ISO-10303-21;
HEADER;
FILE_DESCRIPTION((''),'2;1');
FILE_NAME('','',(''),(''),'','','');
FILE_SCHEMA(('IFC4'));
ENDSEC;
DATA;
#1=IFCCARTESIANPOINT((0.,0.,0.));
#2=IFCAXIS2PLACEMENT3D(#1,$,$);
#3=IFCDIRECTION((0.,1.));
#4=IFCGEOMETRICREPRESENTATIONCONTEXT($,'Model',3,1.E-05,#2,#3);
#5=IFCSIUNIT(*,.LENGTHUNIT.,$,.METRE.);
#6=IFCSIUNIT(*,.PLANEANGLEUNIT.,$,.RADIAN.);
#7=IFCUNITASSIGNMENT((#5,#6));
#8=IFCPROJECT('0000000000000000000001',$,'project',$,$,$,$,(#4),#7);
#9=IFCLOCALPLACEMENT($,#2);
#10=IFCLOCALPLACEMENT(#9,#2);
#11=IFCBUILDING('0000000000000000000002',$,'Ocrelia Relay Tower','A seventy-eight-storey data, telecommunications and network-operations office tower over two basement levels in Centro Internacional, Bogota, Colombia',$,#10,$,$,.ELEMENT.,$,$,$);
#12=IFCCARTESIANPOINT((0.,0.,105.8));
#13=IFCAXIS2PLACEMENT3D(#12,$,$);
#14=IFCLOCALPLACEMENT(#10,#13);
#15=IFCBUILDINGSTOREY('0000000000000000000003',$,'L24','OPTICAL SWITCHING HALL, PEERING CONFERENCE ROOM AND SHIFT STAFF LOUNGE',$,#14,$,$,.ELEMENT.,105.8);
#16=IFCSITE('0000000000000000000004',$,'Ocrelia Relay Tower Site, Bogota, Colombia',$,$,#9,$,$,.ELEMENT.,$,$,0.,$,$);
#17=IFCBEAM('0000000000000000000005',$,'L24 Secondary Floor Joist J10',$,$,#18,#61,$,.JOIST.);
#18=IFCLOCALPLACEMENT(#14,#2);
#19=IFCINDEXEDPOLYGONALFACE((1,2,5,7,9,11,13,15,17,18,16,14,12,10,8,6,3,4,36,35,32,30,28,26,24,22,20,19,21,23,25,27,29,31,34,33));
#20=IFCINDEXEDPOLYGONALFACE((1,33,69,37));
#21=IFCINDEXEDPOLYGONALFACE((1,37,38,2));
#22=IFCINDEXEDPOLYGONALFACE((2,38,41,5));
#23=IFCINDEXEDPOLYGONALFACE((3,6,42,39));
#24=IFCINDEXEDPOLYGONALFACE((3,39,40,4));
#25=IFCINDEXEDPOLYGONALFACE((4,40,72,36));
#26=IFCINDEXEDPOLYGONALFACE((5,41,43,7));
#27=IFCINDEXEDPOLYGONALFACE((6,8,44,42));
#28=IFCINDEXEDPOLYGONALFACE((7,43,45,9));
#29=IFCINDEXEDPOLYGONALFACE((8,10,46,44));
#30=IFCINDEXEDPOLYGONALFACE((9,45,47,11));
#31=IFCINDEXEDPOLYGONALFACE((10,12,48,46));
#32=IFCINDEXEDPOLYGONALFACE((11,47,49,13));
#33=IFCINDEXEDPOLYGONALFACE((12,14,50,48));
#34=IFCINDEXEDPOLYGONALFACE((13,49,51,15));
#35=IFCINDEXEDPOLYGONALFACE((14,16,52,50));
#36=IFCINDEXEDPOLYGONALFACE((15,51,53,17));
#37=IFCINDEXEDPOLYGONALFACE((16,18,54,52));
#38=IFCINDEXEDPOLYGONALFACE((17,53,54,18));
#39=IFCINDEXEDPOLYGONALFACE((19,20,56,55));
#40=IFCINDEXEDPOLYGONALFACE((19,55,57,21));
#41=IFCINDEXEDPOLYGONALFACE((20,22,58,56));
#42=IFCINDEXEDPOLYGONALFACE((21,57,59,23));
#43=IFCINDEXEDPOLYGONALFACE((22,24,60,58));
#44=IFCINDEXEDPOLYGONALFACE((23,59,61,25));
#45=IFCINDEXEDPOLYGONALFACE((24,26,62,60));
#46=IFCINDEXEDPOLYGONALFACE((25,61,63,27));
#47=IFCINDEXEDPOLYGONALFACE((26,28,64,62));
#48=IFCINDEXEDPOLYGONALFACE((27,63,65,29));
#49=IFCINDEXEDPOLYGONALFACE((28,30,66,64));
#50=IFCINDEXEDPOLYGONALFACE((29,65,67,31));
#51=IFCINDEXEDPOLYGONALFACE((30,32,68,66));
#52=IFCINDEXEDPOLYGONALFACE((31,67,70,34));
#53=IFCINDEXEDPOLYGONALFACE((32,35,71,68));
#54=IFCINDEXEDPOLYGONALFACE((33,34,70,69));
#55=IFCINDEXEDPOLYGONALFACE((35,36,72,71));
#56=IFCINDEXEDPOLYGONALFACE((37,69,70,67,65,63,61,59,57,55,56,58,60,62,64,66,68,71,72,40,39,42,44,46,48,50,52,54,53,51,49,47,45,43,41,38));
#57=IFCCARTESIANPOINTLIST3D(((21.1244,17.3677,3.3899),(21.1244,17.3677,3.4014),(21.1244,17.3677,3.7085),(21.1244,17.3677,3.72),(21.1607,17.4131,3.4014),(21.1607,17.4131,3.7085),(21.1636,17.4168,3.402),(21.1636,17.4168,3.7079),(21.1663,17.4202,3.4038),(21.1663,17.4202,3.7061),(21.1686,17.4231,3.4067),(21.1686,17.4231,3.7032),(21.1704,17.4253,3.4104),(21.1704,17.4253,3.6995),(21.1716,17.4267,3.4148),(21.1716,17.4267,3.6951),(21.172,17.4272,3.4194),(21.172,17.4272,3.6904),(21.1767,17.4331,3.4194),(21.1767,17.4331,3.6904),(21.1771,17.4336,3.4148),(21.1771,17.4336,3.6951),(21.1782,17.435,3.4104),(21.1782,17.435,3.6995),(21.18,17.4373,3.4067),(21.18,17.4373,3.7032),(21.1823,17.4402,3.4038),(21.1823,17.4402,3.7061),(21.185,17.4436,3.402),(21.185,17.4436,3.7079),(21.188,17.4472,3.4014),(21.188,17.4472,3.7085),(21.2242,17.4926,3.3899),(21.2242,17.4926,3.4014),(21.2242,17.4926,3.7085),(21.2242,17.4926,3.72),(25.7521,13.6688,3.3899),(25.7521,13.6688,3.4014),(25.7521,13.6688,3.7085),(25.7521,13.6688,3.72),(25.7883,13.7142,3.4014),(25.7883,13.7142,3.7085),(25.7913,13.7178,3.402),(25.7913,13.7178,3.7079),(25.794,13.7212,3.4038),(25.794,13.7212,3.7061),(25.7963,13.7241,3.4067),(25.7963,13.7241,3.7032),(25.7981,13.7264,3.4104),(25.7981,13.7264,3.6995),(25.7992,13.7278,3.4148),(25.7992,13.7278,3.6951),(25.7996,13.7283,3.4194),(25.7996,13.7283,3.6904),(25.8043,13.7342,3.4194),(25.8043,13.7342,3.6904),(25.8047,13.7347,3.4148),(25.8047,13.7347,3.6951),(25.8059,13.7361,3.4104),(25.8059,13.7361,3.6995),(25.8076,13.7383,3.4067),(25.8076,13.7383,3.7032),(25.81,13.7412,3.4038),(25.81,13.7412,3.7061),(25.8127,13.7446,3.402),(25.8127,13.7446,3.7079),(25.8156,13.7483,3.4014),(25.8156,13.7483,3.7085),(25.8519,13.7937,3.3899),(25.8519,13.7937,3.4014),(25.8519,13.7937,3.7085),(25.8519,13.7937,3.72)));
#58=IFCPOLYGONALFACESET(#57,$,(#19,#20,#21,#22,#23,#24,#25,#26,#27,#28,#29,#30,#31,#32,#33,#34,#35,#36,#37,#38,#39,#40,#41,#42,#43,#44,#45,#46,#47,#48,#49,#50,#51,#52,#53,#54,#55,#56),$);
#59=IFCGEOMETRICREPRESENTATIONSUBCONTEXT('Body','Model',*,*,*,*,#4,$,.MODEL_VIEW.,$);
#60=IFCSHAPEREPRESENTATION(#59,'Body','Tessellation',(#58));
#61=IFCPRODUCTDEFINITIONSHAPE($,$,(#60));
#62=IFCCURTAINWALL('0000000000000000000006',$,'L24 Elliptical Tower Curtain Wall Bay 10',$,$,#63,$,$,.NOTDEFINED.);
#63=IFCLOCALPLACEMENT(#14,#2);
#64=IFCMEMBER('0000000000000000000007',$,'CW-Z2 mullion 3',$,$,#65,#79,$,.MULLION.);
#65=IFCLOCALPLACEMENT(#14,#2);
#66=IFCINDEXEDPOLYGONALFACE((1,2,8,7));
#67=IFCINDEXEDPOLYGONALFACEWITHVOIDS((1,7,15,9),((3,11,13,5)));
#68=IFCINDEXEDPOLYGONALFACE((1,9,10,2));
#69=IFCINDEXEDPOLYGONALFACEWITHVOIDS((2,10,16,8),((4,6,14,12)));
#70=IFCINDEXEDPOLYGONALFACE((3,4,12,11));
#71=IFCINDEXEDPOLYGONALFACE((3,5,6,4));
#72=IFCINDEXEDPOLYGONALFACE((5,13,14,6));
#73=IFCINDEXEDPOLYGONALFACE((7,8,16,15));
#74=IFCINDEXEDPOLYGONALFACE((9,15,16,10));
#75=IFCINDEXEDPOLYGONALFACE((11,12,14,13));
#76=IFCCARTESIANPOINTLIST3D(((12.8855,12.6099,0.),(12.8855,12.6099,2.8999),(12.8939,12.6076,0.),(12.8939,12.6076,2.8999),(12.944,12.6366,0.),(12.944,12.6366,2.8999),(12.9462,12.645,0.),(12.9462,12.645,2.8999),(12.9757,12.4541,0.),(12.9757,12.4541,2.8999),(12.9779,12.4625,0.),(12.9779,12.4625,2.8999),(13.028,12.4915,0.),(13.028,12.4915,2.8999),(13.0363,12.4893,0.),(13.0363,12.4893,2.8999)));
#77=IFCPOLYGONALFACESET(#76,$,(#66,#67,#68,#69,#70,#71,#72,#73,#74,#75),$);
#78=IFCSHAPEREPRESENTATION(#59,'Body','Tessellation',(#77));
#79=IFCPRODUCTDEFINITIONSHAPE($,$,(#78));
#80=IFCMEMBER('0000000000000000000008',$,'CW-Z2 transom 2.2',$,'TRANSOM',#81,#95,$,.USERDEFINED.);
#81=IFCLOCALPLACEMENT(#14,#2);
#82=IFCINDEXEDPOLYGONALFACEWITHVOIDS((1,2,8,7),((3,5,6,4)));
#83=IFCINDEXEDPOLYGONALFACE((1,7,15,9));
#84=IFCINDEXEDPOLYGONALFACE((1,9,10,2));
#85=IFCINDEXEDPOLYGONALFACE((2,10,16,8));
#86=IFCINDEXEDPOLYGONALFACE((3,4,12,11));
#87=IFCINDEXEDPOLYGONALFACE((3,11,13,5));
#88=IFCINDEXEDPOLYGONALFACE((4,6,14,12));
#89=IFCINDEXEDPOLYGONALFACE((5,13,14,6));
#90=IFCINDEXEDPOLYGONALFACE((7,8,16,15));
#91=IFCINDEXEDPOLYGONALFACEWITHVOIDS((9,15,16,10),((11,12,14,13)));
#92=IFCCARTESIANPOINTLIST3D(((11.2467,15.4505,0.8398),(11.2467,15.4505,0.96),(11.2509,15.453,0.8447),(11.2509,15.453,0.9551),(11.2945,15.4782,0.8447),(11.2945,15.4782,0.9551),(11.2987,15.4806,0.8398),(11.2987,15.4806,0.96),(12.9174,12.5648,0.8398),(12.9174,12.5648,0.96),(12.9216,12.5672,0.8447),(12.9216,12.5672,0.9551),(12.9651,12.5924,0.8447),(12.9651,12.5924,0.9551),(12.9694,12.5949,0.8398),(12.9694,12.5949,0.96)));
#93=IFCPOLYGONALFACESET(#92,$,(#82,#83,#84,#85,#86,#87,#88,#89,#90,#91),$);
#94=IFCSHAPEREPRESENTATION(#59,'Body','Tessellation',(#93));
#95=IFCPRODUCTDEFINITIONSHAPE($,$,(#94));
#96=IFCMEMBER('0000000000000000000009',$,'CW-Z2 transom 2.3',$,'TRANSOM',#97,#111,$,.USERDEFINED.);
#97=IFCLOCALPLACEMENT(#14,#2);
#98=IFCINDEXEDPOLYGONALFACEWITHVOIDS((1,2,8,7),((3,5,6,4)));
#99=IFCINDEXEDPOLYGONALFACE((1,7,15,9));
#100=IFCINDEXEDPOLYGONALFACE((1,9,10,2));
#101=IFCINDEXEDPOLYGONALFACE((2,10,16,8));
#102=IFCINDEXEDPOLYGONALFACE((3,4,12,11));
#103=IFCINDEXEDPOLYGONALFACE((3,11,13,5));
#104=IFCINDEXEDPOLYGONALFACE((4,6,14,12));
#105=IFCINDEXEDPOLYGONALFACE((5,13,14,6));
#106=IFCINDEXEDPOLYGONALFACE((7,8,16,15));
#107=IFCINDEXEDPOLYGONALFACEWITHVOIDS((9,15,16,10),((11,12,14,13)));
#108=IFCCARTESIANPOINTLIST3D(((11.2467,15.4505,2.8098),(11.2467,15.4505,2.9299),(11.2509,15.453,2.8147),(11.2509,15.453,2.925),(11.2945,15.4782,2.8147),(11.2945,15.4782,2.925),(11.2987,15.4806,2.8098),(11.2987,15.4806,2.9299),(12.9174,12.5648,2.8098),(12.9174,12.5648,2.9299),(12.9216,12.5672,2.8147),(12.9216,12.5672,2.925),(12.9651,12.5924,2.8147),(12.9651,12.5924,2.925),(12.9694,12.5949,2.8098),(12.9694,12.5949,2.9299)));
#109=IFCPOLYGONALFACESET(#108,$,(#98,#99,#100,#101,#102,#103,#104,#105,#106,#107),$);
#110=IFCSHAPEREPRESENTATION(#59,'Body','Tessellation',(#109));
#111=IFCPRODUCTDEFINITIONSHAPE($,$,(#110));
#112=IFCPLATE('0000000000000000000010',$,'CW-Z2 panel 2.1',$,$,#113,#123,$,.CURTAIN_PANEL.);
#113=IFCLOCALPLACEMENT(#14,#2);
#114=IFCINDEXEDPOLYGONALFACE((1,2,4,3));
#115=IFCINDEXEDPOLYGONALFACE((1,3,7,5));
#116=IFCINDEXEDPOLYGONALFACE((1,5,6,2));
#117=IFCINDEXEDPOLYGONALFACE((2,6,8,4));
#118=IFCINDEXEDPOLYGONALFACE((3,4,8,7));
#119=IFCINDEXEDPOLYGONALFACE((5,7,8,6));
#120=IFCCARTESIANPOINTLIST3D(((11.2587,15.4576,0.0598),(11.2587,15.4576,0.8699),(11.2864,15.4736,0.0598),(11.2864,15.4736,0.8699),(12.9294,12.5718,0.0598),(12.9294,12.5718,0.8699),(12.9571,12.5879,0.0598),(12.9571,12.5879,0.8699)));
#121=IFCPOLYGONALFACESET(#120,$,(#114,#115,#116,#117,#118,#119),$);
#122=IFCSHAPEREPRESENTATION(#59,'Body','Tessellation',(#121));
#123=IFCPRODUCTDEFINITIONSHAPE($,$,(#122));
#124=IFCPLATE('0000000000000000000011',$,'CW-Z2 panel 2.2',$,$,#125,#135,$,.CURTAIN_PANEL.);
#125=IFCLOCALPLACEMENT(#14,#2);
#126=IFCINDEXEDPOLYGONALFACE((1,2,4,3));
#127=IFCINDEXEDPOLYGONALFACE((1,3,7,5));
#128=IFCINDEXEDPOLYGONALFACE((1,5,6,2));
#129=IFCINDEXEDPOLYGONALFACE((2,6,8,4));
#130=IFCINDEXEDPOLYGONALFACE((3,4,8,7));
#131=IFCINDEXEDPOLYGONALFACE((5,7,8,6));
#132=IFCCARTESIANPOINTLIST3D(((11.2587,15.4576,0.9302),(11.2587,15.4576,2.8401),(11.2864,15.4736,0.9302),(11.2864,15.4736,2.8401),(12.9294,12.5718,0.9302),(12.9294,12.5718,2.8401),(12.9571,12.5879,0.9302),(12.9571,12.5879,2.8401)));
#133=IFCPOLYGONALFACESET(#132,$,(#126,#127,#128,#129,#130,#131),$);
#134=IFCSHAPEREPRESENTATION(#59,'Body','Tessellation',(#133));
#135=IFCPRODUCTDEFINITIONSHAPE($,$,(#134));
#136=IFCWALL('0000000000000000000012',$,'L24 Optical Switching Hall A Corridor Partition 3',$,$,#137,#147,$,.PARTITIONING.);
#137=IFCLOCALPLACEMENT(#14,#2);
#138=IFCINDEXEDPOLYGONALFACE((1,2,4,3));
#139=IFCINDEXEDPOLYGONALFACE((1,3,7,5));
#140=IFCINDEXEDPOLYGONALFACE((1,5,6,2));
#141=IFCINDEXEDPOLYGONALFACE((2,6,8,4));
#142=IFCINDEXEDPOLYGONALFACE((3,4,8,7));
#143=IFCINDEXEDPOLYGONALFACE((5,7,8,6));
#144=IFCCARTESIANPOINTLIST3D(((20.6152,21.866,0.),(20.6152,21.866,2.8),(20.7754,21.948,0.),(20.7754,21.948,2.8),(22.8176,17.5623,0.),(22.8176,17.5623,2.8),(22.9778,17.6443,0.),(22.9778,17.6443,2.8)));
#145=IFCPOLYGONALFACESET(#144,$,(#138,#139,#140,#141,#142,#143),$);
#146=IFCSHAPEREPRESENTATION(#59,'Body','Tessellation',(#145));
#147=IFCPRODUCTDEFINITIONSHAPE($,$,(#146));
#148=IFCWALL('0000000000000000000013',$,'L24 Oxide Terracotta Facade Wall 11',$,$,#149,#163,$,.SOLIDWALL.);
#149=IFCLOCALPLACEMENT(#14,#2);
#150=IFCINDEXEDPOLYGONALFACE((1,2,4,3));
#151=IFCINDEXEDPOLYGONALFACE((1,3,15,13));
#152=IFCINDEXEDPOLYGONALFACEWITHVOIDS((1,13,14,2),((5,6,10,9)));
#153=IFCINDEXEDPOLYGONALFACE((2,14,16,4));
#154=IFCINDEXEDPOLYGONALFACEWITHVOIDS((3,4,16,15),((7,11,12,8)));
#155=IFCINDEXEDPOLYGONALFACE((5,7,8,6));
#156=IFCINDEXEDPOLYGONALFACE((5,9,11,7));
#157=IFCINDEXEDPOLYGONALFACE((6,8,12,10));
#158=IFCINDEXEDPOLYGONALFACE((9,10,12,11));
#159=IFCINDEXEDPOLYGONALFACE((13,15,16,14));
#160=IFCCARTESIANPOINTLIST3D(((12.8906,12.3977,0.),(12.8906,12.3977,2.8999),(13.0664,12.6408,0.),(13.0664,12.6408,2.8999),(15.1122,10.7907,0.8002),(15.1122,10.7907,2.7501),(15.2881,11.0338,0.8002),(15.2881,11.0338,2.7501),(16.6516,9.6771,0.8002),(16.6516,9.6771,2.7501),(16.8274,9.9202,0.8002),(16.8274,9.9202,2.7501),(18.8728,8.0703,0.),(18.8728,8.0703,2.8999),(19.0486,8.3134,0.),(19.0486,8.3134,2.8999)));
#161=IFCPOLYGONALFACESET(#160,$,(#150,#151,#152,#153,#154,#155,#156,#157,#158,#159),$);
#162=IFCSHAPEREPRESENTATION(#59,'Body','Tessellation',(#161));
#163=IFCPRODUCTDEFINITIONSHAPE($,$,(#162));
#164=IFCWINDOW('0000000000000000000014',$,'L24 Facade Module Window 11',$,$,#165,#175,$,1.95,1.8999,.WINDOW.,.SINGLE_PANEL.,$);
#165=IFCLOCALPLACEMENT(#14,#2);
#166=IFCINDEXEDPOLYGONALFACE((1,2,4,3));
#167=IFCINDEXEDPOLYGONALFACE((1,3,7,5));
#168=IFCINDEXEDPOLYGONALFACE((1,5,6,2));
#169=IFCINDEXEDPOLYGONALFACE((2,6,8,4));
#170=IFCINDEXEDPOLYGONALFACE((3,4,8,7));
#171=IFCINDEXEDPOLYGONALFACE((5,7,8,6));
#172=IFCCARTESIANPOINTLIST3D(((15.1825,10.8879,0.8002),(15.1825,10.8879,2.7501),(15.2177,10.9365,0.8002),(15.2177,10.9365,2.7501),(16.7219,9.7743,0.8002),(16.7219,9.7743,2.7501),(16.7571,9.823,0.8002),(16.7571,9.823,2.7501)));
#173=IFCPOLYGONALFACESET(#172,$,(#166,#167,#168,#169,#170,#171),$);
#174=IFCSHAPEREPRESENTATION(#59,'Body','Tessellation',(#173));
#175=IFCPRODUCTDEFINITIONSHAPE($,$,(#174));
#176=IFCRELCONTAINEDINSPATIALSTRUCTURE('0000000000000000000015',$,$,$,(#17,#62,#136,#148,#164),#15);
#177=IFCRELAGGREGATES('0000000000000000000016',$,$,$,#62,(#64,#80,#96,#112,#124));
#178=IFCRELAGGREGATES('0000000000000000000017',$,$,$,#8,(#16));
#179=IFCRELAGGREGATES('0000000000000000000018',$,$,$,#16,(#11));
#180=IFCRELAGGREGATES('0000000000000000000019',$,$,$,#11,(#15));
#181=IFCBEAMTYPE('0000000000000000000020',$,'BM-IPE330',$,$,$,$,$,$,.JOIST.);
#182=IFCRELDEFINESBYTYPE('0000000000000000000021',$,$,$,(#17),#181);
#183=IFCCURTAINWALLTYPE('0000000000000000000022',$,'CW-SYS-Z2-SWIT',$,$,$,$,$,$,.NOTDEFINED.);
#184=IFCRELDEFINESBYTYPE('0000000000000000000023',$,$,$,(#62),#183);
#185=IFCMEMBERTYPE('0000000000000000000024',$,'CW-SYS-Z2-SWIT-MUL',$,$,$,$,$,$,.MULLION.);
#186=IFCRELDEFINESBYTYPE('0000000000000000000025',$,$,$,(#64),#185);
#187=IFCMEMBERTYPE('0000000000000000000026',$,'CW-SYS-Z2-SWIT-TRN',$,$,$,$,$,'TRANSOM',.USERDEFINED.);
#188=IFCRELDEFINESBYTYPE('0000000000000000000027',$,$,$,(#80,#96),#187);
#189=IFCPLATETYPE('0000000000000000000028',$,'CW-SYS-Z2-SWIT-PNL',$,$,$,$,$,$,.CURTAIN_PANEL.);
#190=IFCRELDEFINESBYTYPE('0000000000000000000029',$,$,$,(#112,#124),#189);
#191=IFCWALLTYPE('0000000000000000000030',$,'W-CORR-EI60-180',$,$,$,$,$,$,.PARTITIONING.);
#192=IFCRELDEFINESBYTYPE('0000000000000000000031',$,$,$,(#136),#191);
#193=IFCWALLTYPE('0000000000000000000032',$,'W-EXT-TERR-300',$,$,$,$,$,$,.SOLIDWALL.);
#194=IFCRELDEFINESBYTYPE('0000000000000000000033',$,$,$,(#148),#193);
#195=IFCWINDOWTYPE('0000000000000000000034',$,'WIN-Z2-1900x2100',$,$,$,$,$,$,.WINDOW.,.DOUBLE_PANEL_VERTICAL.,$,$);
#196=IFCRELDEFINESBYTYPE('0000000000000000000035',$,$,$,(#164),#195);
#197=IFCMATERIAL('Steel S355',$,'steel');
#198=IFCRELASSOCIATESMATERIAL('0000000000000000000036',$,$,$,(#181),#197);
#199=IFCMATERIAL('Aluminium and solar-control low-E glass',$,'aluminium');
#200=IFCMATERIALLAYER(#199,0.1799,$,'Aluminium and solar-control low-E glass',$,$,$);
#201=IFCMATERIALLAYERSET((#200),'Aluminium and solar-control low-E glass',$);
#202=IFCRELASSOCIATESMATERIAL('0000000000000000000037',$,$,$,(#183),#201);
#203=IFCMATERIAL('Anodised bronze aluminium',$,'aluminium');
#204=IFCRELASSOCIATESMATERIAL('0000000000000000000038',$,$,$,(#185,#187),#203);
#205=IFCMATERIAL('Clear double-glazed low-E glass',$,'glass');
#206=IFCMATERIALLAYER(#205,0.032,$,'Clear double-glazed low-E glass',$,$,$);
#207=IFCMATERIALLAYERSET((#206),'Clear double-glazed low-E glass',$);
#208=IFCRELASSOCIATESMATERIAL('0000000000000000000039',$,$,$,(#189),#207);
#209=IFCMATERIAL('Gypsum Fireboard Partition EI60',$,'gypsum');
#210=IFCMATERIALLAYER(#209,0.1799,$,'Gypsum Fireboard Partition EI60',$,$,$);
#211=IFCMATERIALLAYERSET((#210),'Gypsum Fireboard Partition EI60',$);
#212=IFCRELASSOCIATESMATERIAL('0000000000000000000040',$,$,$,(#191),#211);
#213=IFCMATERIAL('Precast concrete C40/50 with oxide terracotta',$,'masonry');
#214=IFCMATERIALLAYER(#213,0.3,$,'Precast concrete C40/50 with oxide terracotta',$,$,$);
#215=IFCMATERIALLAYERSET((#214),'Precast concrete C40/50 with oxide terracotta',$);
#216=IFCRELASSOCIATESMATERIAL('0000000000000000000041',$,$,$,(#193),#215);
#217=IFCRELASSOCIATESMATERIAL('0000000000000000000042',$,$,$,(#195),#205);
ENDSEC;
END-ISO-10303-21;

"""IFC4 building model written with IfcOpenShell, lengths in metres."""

from ifc_helpers import new_model, si_unit, direction, frame, frame_2d, origin, origin_2d, place, context, subcontext, project, spatial, rectangle, hollow_rectangle, i_section, extrude, material, layer, layer_set, material_profile, profile_set, type_object, element, fill, aggregate, save


model = new_model("IFC4")

# Units and contexts
model_context = context("Model", 3, precision=1e-05, world=origin(), true_north=direction((0.0, 1.0)))
body_context = subcontext(model_context, "Body", "Model", "MODEL_VIEW")
ifc_project = project(units=[si_unit("LENGTHUNIT", "METRE"), si_unit("PLANEANGLEUNIT", "RADIAN")], contexts=[model_context])

# Site, building, storey
site_placement = place(None, origin())
site = spatial("IfcSite", under=ifc_project, at=site_placement, Name="Ocrelia Relay Tower Site, Bogota, Colombia", CompositionType="ELEMENT", RefElevation=0.0)
building_placement = place(site_placement, origin())
building = spatial("IfcBuilding", under=site, at=building_placement, Name="Ocrelia Relay Tower", Description="A seventy-eight-storey data, telecommunications and network-operations office tower over two basement levels in Centro Internacional, Bogota, Colombia", CompositionType="ELEMENT")
storey_placement = place(building_placement, frame((0.0, 0.0, 105.8)))
storey = spatial("IfcBuildingStorey", under=building, at=storey_placement, Name="L24", Description="OPTICAL SWITCHING HALL, PEERING CONFERENCE ROOM AND SHIFT STAFF LOUNGE", CompositionType="ELEMENT", Elevation=105.8)

# Beam
ifc_material_1 = material(Name="Steel S355", Category="steel")
ifc_material_profile_1 = material_profile(ifc_material_1, i_section(OverallWidth=0.1599, OverallDepth=0.3301, WebThickness=0.0076, FlangeThickness=0.0115, FilletRadius=0.0181, at=origin_2d()), Name="IPE 330")
ifc_profile_set_1 = profile_set([ifc_material_profile_1], Name="Steel S355")
beam_type_1 = type_object("IfcBeamType", Name="BM-IPE330", PredefinedType="JOIST", material=ifc_profile_set_1)
beam_1_placement = place(storey_placement, frame((21.1743, 17.4302, 3.5549), z_axis=(0.78113, -0.624368, 0.0), x_axis=(0.624368, 0.78113, 0.0)))
element("IfcBeam", 1, at=beam_1_placement, inside=storey, type_object=beam_type_1, Name="L24 Secondary Floor Joist J10", PredefinedType="JOIST", context=body_context, shape_type="SweptSolid", body=[
    extrude(i_section(OverallWidth=0.1599, OverallDepth=0.3301, WebThickness=0.0076, FlangeThickness=0.0115, FilletRadius=0.0181, at=origin_2d()), origin(), (0.0, 0.0, 1.0), 5.9243),
])

# Curtain wall, members, plates
ifc_material_2 = material(Name="Aluminium and solar-control low-E glass", Category="aluminium")
ifc_layer_1 = layer(ifc_material_2, 0.1799, Name="Aluminium and solar-control low-E glass")
ifc_layer_set_1 = layer_set([ifc_layer_1], Name="Aluminium and solar-control low-E glass")
curtain_wall_type = type_object("IfcCurtainWallType", Name="CW-SYS-Z2-SWIT", PredefinedType="NOTDEFINED", material=ifc_layer_set_1)
curtain_wall_placement = place(storey_placement, origin())
curtain_wall = element("IfcCurtainWall", 2, at=curtain_wall_placement, inside=storey, type_object=curtain_wall_type, Name="L24 Elliptical Tower Curtain Wall Bay 10", PredefinedType="NOTDEFINED")
ifc_material_3 = material(Name="Anodised bronze aluminium", Category="aluminium")
ifc_material_profile_2 = material_profile(ifc_material_3, hollow_rectangle(XDim=0.0701, YDim=0.1799, WallThickness=0.0061, at=origin_2d()), Name="CW-MUL-180x70")
ifc_profile_set_2 = profile_set([ifc_material_profile_2], Name="Anodised bronze aluminium")
member_type_1 = type_object("IfcMemberType", Name="CW-SYS-Z2-SWIT-MUL", PredefinedType="MULLION", material=ifc_profile_set_2)
member_1_placement = place(storey_placement, frame((12.9609, 12.5496, 0.0), z_axis=(0.0, 0.0, 1.0), x_axis=(0.865423, 0.501042, 0.0)))
member_1 = element("IfcMember", 3, at=member_1_placement, type_object=member_type_1, Name="CW-Z2 mullion 3", PredefinedType="MULLION", context=body_context, shape_type="SweptSolid", body=[
    extrude(hollow_rectangle(XDim=0.0701, YDim=0.1799, WallThickness=0.0061, at=origin_2d()), origin(), (0.0, 0.0, 1.0), 2.8999),
])
ifc_material_profile_3 = material_profile(ifc_material_3, hollow_rectangle(XDim=0.0601, YDim=0.1201, WallThickness=0.0049, at=origin_2d()), Name="CW-TRN-120x60")
ifc_profile_set_3 = profile_set([ifc_material_profile_3], Name="Anodised bronze aluminium")
member_type_2 = type_object("IfcMemberType", Name="CW-SYS-Z2-SWIT-TRN", ElementType="TRANSOM", PredefinedType="USERDEFINED", material=ifc_profile_set_3)
member_2_placement = place(storey_placement, frame((11.2727, 15.4656, 0.8999), z_axis=(0.501028, -0.865431, 0.0), x_axis=(0.865431, 0.501028, 0.0)))
member_2 = element("IfcMember", 4, at=member_2_placement, type_object=member_type_2, Name="CW-Z2 transom 2.2", ObjectType="TRANSOM", PredefinedType="USERDEFINED", context=body_context, shape_type="SweptSolid", body=[
    extrude(hollow_rectangle(XDim=0.0601, YDim=0.1201, WallThickness=0.0049, at=origin_2d()), origin(), (0.0, 0.0, 1.0), 3.3345),
])
member_3_placement = place(storey_placement, frame((11.2727, 15.4656, 2.8699), z_axis=(0.501028, -0.865431, 0.0), x_axis=(0.865431, 0.501028, 0.0)))
member_3 = element("IfcMember", 5, at=member_3_placement, type_object=member_type_2, Name="CW-Z2 transom 2.3", ObjectType="TRANSOM", PredefinedType="USERDEFINED", context=body_context, shape_type="SweptSolid", body=[
    extrude(hollow_rectangle(XDim=0.0601, YDim=0.1201, WallThickness=0.0049, at=origin_2d()), origin(), (0.0, 0.0, 1.0), 3.3345),
])
ifc_material_4 = material(Name="Clear double-glazed low-E glass", Category="glass")
ifc_layer_2 = layer(ifc_material_4, 0.032, Name="Clear double-glazed low-E glass")
ifc_layer_set_2 = layer_set([ifc_layer_2], Name="Clear double-glazed low-E glass")
plate_type = type_object("IfcPlateType", Name="CW-SYS-Z2-SWIT-PNL", PredefinedType="CURTAIN_PANEL", material=ifc_layer_set_2)
plate_1_placement = place(storey_placement, frame((12.1079, 14.0227, 0.0598), z_axis=(0.0, 0.0, 1.0), x_axis=(0.501042, -0.865423, 0.0)))
plate_1 = element("IfcPlate", 6, at=plate_1_placement, type_object=plate_type, Name="CW-Z2 panel 2.1", PredefinedType="CURTAIN_PANEL", context=body_context, shape_type="SweptSolid", body=[
    extrude(rectangle(XDim=3.3345, YDim=0.032, at=origin_2d()), origin(), (0.0, 0.0, 1.0), 0.8101),
])
plate_2_placement = place(storey_placement, frame((12.1079, 14.0227, 0.9302), z_axis=(0.0, 0.0, 1.0), x_axis=(0.501042, -0.865423, 0.0)))
plate_2 = element("IfcPlate", 7, at=plate_2_placement, type_object=plate_type, Name="CW-Z2 panel 2.2", PredefinedType="CURTAIN_PANEL", context=body_context, shape_type="SweptSolid", body=[
    extrude(rectangle(XDim=3.3345, YDim=0.032, at=origin_2d()), origin(), (0.0, 0.0, 1.0), 1.9099),
])
aggregate(curtain_wall, [member_1, member_2, member_3, plate_1, plate_2])

# Wall
ifc_material_5 = material(Name="Gypsum Fireboard Partition EI60", Category="gypsum")
ifc_layer_3 = layer(ifc_material_5, 0.1799, Name="Gypsum Fireboard Partition EI60")
ifc_layer_set_3 = layer_set([ifc_layer_3], Name="Gypsum Fireboard Partition EI60")
wall_type_1 = type_object("IfcWallType", Name="W-CORR-EI60-180", PredefinedType="PARTITIONING", material=ifc_layer_set_3)
wall_1_placement = place(storey_placement, frame((20.6953, 21.907, 0.0), z_axis=(0.0, 0.0, 1.0), x_axis=(0.455557, -0.890207, 0.0)))
element("IfcWall", 8, at=wall_1_placement, inside=storey, type_object=wall_type_1, Name="L24 Optical Switching Hall A Corridor Partition 3", PredefinedType="PARTITIONING", context=body_context, shape_type="SweptSolid", body=[
    extrude(rectangle(XDim=4.8345, YDim=0.1799, at=frame_2d((2.4172, 0.0))), origin(), (0.0, 0.0, 1.0), 2.8),
])

# Wall, opening, window
ifc_material_6 = material(Name="Precast concrete C40/50 with oxide terracotta", Category="masonry")
ifc_layer_4 = layer(ifc_material_6, 0.3, Name="Precast concrete C40/50 with oxide terracotta")
ifc_layer_set_4 = layer_set([ifc_layer_4], Name="Precast concrete C40/50 with oxide terracotta")
wall_type_2 = type_object("IfcWallType", Name="W-EXT-TERR-300", PredefinedType="SOLIDWALL", material=ifc_layer_set_4)
wall_2_placement = place(storey_placement, frame((12.9785, 12.5193, 0.0), z_axis=(0.0, 0.0, 1.0), x_axis=(0.810233, -0.586107, 0.0)))
wall_2 = element("IfcWall", 9, at=wall_2_placement, inside=storey, type_object=wall_type_2, Name="L24 Oxide Terracotta Facade Wall 11", PredefinedType="SOLIDWALL", context=body_context, shape_type="SweptSolid", body=[
    extrude(rectangle(XDim=7.3833, YDim=0.3, at=frame_2d((3.6917, 0.0))), origin(), (0.0, 0.0, 1.0), 2.8999),
])
opening_1_placement = place(wall_2_placement, frame((2.7419, 0.0, 0.8)))
opening_1 = element("IfcOpeningElement", 10, at=opening_1_placement, cuts=wall_2, PredefinedType="OPENING", context=body_context, shape_type="SweptSolid", body=[
    extrude(rectangle(XDim=1.8999, YDim=1.95, at=frame_2d((0.95, 0.9751))), frame((0.0, 0.1602, 0.0), z_axis=(0.0, -1.0, 0.0), x_axis=(1.0, 0.0, 0.0)), (0.0, 0.0, 1.0), 0.3201),
])
window_type = type_object("IfcWindowType", Name="WIN-Z2-1900x2100", PartitioningType="DOUBLE_PANEL_VERTICAL", PredefinedType="WINDOW", material=ifc_material_4)
window_1_placement = place(opening_1_placement, origin())
window_1 = element("IfcWindow", 11, at=window_1_placement, inside=storey, type_object=window_type, Name="L24 Facade Module Window 11", OverallHeight=1.95, OverallWidth=1.8999, PartitioningType="SINGLE_PANEL", PredefinedType="WINDOW", context=body_context, shape_type="SweptSolid", body=[
    extrude(rectangle(XDim=1.8999, YDim=1.95, at=frame_2d((0.95, 0.9751))), frame((0.0, 0.03, 0.0), z_axis=(0.0, -1.0, 0.0), x_axis=(1.0, 0.0, 0.0)), (0.0, 0.0, 1.0), 0.0601),
])
fill(opening_1, window_1)

save(model, "model.ifc")
